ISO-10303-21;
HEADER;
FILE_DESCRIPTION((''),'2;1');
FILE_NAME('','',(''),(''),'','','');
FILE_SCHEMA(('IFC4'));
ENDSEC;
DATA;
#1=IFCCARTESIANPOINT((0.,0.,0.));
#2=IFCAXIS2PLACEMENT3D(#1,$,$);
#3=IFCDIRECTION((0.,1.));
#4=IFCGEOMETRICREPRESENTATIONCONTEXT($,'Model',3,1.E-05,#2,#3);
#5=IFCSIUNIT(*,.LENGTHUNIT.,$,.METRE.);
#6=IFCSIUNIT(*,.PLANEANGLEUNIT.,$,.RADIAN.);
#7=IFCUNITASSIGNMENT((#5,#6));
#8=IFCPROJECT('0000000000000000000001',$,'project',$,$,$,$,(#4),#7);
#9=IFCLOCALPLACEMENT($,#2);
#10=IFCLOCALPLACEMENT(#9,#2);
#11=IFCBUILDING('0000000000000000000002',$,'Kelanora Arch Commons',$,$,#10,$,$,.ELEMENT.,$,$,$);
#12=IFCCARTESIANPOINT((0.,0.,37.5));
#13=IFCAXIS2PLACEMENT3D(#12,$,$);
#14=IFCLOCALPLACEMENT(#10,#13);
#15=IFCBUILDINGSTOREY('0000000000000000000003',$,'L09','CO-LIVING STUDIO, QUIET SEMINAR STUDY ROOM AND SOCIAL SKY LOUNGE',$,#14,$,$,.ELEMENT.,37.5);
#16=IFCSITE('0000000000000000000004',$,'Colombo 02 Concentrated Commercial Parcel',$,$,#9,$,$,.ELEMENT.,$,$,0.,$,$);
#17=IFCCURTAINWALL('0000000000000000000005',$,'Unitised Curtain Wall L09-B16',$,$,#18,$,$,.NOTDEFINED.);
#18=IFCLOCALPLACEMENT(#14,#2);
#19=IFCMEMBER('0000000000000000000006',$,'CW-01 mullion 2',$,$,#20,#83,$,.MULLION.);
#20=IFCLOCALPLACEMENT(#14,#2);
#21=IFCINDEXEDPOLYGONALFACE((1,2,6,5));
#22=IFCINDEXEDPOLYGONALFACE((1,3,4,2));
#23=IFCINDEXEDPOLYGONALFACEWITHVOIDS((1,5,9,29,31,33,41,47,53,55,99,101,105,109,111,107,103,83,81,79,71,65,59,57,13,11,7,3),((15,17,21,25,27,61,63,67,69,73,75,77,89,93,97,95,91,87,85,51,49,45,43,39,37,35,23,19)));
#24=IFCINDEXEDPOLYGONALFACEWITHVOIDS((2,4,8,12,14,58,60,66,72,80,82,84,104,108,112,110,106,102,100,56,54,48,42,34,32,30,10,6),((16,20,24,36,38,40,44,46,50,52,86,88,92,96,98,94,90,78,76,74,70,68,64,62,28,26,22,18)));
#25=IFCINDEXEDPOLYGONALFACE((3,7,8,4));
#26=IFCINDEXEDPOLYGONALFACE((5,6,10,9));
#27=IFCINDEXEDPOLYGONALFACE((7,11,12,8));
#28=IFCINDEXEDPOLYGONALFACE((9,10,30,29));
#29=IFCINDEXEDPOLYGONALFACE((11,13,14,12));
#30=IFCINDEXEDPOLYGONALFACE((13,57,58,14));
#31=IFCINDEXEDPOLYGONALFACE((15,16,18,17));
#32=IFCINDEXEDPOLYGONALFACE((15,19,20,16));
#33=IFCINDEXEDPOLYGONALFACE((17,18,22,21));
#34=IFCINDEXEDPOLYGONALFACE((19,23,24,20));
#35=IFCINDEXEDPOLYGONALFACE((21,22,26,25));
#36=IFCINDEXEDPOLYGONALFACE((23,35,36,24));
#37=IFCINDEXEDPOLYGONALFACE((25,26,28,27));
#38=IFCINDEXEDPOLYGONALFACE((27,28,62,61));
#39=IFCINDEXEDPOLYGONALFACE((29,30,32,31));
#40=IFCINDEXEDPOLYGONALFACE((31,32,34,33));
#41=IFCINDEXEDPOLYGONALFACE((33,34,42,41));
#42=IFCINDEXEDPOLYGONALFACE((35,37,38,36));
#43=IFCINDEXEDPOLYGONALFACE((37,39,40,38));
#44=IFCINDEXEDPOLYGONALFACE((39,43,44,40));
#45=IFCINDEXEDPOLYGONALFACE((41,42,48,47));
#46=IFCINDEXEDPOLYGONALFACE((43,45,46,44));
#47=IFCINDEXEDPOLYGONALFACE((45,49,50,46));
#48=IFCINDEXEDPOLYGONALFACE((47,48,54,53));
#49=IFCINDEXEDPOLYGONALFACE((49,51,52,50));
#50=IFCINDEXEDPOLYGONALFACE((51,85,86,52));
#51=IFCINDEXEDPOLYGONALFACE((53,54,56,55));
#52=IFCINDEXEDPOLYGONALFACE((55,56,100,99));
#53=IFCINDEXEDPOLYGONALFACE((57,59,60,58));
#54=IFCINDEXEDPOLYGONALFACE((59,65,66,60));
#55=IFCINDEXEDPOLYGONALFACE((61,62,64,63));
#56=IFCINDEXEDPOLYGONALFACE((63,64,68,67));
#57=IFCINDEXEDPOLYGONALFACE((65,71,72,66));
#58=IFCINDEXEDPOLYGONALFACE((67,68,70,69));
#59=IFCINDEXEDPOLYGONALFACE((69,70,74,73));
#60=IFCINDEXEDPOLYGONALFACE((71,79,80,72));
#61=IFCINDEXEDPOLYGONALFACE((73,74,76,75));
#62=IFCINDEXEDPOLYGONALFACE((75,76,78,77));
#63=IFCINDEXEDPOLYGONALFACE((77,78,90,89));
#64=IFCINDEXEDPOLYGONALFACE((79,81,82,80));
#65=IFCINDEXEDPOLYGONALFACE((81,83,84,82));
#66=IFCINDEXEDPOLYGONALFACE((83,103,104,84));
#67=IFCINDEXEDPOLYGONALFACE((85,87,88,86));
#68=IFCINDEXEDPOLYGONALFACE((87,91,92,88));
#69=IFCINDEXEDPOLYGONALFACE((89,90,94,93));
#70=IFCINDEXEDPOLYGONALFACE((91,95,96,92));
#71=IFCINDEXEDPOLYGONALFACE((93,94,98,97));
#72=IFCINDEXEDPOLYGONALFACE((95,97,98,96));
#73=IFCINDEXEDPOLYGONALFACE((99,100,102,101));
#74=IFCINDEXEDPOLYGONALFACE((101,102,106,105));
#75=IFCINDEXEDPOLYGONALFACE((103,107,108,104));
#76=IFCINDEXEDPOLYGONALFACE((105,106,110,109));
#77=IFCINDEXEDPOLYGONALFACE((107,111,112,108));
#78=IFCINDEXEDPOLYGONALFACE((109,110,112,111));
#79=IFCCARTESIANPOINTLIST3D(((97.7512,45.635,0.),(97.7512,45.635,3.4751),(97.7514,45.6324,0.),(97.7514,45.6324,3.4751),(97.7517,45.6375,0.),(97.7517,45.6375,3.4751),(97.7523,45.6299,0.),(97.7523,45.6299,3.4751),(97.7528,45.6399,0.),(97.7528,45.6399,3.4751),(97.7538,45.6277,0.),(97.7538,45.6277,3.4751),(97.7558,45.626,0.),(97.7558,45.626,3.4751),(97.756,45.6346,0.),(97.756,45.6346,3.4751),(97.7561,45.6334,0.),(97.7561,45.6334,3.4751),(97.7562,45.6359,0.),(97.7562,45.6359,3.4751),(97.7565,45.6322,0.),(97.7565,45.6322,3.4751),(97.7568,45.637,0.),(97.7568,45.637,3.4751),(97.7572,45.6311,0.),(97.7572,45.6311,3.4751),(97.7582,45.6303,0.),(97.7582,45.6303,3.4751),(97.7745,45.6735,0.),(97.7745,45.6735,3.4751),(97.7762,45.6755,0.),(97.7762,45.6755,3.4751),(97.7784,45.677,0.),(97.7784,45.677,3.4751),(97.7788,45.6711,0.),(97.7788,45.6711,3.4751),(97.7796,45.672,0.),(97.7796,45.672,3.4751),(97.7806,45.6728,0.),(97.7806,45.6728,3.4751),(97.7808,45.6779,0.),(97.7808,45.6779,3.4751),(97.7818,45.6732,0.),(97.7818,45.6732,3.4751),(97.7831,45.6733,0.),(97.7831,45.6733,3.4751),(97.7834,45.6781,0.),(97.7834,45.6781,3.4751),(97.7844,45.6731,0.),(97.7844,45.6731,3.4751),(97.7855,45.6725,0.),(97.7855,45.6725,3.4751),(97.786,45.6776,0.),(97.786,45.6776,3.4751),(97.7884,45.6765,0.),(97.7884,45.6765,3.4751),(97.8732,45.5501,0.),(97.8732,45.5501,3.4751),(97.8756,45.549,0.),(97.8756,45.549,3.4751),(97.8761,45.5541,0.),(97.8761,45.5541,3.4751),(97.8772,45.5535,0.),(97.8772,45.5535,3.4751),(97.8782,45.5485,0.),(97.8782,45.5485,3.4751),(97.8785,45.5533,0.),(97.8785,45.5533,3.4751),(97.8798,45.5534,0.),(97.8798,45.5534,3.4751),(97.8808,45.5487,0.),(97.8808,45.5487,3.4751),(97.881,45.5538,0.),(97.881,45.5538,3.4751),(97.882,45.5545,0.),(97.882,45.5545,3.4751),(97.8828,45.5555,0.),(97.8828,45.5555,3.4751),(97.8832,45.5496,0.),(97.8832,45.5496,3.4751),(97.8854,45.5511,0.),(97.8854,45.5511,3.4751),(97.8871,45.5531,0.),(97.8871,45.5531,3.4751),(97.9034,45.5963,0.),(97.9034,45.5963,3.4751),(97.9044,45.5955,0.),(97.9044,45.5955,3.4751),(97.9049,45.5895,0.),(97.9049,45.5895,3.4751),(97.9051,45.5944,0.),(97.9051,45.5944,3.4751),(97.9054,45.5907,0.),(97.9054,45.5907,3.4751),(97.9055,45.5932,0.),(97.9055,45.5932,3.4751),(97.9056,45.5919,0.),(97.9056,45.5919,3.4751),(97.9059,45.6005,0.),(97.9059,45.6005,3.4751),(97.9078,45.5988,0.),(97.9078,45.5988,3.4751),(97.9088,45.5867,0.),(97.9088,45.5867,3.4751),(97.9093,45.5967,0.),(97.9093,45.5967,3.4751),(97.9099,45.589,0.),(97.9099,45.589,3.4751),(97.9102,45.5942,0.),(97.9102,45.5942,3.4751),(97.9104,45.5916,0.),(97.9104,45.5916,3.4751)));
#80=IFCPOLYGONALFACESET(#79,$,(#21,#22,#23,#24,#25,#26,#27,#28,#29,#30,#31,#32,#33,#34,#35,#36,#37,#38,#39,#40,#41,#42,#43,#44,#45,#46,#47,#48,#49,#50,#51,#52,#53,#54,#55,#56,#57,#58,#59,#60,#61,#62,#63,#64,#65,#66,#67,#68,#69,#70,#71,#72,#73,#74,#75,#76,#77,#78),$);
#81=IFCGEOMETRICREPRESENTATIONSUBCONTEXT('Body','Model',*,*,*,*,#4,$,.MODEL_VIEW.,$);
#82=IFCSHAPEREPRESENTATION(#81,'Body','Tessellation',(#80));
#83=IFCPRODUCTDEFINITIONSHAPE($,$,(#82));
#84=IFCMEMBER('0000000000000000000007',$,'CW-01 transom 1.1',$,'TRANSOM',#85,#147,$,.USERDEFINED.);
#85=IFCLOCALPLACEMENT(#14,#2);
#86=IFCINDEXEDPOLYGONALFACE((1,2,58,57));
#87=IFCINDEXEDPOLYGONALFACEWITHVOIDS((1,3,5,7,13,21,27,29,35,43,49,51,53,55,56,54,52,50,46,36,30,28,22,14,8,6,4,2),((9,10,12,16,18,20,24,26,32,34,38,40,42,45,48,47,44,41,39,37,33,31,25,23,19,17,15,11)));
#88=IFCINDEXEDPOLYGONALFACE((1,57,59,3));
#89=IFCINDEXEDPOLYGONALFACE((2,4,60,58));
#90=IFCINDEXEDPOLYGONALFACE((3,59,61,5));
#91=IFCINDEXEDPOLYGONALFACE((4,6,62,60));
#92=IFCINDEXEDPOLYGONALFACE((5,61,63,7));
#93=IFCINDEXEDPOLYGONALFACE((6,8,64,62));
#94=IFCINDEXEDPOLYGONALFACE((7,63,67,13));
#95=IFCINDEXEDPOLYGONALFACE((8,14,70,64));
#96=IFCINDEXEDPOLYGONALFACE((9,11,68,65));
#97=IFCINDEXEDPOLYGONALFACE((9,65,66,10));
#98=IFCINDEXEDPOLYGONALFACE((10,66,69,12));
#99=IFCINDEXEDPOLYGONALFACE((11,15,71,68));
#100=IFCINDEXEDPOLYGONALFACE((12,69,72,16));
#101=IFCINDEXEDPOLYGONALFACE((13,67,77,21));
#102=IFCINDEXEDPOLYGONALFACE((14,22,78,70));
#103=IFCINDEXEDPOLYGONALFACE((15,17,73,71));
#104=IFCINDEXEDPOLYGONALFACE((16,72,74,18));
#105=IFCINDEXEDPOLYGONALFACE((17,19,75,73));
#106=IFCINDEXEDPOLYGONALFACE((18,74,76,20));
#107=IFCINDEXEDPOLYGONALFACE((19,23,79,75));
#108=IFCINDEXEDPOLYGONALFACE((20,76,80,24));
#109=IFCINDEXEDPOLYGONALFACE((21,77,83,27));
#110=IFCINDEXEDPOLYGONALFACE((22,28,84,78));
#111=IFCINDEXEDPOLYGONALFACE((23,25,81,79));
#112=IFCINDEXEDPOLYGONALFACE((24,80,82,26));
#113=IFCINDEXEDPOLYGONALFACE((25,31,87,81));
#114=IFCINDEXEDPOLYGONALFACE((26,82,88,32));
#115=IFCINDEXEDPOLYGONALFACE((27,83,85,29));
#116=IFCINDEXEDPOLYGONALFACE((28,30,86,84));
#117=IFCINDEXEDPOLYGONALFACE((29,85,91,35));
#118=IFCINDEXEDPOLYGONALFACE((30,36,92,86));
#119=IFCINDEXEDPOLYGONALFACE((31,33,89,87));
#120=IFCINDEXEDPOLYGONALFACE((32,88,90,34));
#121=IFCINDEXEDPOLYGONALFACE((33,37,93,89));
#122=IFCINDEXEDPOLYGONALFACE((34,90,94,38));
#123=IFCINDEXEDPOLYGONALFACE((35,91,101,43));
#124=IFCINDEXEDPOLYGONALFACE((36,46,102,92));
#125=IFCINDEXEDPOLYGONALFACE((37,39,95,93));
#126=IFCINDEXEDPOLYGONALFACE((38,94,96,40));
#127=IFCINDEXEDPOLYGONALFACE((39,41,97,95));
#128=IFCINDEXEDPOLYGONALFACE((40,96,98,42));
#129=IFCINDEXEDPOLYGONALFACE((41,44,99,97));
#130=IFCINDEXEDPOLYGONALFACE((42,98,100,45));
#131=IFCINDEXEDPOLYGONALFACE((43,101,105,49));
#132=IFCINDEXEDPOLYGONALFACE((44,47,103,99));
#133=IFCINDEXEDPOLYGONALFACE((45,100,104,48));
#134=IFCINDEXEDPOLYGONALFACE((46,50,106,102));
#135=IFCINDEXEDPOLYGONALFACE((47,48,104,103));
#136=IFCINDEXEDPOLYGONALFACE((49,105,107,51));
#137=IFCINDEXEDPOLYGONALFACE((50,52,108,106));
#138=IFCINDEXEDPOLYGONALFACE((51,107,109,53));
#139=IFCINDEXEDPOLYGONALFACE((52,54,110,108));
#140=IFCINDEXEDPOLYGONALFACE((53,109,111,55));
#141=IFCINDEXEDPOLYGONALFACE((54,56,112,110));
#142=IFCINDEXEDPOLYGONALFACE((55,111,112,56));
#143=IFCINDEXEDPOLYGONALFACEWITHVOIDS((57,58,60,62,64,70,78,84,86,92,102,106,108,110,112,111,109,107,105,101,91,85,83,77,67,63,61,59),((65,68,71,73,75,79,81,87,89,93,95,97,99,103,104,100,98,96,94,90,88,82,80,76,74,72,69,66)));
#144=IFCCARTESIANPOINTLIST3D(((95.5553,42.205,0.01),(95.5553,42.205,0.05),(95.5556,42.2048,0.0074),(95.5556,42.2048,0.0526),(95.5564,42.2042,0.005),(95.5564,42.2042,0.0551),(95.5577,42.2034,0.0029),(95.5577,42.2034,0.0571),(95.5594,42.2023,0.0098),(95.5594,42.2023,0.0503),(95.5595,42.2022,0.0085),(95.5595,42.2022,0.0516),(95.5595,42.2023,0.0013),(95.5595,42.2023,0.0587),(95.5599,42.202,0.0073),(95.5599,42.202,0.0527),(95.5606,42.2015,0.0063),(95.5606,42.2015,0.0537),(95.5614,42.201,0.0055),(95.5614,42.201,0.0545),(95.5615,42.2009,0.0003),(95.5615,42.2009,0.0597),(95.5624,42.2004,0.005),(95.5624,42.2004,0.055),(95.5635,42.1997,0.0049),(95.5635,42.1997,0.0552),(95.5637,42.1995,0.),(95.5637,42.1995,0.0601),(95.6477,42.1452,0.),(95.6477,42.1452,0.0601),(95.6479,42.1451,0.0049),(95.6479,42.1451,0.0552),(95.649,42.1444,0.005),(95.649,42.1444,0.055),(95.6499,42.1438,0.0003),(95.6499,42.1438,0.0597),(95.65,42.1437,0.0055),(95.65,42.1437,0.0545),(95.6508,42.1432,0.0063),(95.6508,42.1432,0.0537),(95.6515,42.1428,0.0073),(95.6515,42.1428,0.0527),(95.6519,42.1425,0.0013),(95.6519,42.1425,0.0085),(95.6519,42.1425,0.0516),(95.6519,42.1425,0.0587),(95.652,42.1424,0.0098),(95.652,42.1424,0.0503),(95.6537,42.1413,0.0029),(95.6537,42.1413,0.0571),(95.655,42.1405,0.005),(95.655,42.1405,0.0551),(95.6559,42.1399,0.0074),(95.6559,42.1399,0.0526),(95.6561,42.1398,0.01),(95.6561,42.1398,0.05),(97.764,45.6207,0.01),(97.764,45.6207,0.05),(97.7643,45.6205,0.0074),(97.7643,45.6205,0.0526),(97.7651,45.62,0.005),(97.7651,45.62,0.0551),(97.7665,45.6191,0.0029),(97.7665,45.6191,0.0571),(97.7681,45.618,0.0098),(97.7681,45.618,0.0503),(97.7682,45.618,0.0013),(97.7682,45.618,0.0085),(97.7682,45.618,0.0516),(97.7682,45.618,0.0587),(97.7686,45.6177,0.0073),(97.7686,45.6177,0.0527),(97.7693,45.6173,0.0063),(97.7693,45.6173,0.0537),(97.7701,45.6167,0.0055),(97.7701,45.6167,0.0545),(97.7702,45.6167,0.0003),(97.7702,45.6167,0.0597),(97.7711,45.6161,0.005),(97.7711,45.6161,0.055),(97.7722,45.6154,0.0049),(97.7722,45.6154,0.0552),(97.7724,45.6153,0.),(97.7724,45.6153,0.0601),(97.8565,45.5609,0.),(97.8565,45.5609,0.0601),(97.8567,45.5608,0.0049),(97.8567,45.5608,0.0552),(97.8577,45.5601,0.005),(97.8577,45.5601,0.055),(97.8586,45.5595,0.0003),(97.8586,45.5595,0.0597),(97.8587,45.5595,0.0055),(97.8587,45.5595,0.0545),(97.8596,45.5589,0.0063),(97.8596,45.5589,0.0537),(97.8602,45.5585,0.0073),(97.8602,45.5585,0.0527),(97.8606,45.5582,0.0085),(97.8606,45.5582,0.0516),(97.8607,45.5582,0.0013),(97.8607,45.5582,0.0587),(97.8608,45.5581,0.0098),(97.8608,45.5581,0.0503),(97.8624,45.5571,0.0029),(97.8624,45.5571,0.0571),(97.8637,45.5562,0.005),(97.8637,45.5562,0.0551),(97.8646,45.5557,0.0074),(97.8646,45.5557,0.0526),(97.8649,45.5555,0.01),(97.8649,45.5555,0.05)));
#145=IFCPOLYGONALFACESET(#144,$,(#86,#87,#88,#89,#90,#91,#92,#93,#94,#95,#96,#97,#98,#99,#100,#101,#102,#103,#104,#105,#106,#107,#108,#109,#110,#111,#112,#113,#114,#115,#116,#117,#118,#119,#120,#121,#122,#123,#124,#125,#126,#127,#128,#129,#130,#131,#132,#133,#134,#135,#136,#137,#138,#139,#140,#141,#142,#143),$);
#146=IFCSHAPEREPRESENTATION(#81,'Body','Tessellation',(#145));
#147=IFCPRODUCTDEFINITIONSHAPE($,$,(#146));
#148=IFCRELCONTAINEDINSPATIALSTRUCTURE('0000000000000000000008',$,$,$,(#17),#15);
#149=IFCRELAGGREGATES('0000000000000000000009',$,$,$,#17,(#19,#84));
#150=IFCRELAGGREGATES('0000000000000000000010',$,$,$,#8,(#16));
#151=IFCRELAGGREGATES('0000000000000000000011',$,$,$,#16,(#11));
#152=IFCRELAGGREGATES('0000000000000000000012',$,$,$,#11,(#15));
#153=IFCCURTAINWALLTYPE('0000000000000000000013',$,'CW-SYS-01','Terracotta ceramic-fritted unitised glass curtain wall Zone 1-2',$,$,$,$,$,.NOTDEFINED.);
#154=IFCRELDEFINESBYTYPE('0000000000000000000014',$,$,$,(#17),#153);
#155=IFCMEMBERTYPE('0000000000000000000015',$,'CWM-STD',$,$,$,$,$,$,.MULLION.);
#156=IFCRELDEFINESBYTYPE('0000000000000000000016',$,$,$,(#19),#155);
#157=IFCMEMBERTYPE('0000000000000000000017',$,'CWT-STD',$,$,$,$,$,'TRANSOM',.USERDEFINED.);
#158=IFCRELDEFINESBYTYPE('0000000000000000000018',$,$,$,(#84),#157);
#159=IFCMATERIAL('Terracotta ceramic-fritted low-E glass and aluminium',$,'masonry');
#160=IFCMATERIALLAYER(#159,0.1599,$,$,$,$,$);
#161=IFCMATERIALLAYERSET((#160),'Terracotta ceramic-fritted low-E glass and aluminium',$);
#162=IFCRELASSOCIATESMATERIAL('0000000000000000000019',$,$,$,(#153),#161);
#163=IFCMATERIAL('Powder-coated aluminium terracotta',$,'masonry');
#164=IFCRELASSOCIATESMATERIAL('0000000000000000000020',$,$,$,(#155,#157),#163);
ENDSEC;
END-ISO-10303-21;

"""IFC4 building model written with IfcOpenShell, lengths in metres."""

from ifc_helpers import new_model, si_unit, direction, frame, origin, origin_2d, place, context, subcontext, project, spatial, hollow_rectangle, extrude, material, layer, layer_set, material_profile, profile_set, type_object, element, aggregate, save


model = new_model("IFC4")

# Units and contexts
model_context = context("Model", 3, precision=1e-05, world=origin(), true_north=direction((0.0, 1.0)))
body_context = subcontext(model_context, "Body", "Model", "MODEL_VIEW")
ifc_project = project(units=[si_unit("LENGTHUNIT", "METRE"), si_unit("PLANEANGLEUNIT", "RADIAN")], contexts=[model_context])

# Site, building, storey
site_placement = place(None, origin())
site = spatial("IfcSite", under=ifc_project, at=site_placement, Name="Colombo 02 Concentrated Commercial Parcel", CompositionType="ELEMENT", RefElevation=0.0)
building_placement = place(site_placement, origin())
building = spatial("IfcBuilding", under=site, at=building_placement, Name="Kelanora Arch Commons", CompositionType="ELEMENT")
storey_placement = place(building_placement, frame((0.0, 0.0, 37.5)))
storey = spatial("IfcBuildingStorey", under=building, at=storey_placement, Name="L09", Description="CO-LIVING STUDIO, QUIET SEMINAR STUDY ROOM AND SOCIAL SKY LOUNGE", CompositionType="ELEMENT", Elevation=37.5)

# Shared definitions
ifc_material_1 = material(Name="Terracotta ceramic-fritted low-E glass and aluminium", Category="masonry")
ifc_layer_1 = layer(ifc_material_1, 0.1599)
ifc_layer_set_1 = layer_set([ifc_layer_1], Name="Terracotta ceramic-fritted low-E glass and aluminium")
curtain_wall_type = type_object("IfcCurtainWallType", Name="CW-SYS-01", Description="Terracotta ceramic-fritted unitised glass curtain wall Zone 1-2", PredefinedType="NOTDEFINED", material=ifc_layer_set_1)
ifc_material_2 = material(Name="Powder-coated aluminium terracotta", Category="masonry")
ifc_material_profile_1 = material_profile(ifc_material_2, hollow_rectangle(XDim=0.1599, YDim=0.0601, WallThickness=0.0049, InnerFilletRadius=0.0049, OuterFilletRadius=0.01, at=origin_2d()), Name="CWM160x60")
ifc_profile_set_1 = profile_set([ifc_material_profile_1], Name="Powder-coated aluminium terracotta")
member_type_1 = type_object("IfcMemberType", Name="CWM-STD", PredefinedType="MULLION", material=ifc_profile_set_1)

# Curtain wall, members
curtain_wall_1_placement = place(storey_placement, origin())
curtain_wall_1 = element("IfcCurtainWall", 1, at=curtain_wall_1_placement, inside=storey, type_object=curtain_wall_type, Name="Unitised Curtain Wall L09-B16", PredefinedType="NOTDEFINED")
member_1_placement = place(storey_placement, frame((97.8308, 45.6133, 0.0), z_axis=(0.0, 0.0, 1.0), x_axis=(-0.83973, 0.543004, 0.0)))
member_1 = element("IfcMember", 2, at=member_1_placement, type_object=member_type_1, Name="CW-01 mullion 2", PredefinedType="MULLION", context=body_context, shape_type="SweptSolid", body=[
    extrude(hollow_rectangle(XDim=0.1599, YDim=0.0601, WallThickness=0.0049, InnerFilletRadius=0.0049, OuterFilletRadius=0.01, at=origin_2d()), origin(), (0.0, 0.0, 1.0), 3.4751),
])
ifc_material_profile_2 = material_profile(ifc_material_2, hollow_rectangle(XDim=0.1201, YDim=0.0601, WallThickness=0.0049, InnerFilletRadius=0.0049, OuterFilletRadius=0.01, at=origin_2d()), Name="CWT120x60")
ifc_profile_set_2 = profile_set([ifc_material_profile_2], Name="Powder-coated aluminium terracotta")
member_type_2 = type_object("IfcMemberType", Name="CWT-STD", ElementType="TRANSOM", PredefinedType="USERDEFINED", material=ifc_profile_set_2)
member_2_placement = place(storey_placement, frame((95.6057, 42.1724, 0.03), z_axis=(0.542997, 0.839734, 0.0), x_axis=(-0.839734, 0.542997, 0.0)))
member_2 = element("IfcMember", 3, at=member_2_placement, type_object=member_type_2, Name="CW-01 transom 1.1", ObjectType="TRANSOM", PredefinedType="USERDEFINED", context=body_context, shape_type="SweptSolid", body=[
    extrude(hollow_rectangle(XDim=0.1201, YDim=0.0601, WallThickness=0.0049, InnerFilletRadius=0.0049, OuterFilletRadius=0.01, at=origin_2d()), origin(), (0.0, 0.0, 1.0), 4.0676),
])

aggregate(curtain_wall_1, [member_1, member_2])

save(model, "model.ifc")
